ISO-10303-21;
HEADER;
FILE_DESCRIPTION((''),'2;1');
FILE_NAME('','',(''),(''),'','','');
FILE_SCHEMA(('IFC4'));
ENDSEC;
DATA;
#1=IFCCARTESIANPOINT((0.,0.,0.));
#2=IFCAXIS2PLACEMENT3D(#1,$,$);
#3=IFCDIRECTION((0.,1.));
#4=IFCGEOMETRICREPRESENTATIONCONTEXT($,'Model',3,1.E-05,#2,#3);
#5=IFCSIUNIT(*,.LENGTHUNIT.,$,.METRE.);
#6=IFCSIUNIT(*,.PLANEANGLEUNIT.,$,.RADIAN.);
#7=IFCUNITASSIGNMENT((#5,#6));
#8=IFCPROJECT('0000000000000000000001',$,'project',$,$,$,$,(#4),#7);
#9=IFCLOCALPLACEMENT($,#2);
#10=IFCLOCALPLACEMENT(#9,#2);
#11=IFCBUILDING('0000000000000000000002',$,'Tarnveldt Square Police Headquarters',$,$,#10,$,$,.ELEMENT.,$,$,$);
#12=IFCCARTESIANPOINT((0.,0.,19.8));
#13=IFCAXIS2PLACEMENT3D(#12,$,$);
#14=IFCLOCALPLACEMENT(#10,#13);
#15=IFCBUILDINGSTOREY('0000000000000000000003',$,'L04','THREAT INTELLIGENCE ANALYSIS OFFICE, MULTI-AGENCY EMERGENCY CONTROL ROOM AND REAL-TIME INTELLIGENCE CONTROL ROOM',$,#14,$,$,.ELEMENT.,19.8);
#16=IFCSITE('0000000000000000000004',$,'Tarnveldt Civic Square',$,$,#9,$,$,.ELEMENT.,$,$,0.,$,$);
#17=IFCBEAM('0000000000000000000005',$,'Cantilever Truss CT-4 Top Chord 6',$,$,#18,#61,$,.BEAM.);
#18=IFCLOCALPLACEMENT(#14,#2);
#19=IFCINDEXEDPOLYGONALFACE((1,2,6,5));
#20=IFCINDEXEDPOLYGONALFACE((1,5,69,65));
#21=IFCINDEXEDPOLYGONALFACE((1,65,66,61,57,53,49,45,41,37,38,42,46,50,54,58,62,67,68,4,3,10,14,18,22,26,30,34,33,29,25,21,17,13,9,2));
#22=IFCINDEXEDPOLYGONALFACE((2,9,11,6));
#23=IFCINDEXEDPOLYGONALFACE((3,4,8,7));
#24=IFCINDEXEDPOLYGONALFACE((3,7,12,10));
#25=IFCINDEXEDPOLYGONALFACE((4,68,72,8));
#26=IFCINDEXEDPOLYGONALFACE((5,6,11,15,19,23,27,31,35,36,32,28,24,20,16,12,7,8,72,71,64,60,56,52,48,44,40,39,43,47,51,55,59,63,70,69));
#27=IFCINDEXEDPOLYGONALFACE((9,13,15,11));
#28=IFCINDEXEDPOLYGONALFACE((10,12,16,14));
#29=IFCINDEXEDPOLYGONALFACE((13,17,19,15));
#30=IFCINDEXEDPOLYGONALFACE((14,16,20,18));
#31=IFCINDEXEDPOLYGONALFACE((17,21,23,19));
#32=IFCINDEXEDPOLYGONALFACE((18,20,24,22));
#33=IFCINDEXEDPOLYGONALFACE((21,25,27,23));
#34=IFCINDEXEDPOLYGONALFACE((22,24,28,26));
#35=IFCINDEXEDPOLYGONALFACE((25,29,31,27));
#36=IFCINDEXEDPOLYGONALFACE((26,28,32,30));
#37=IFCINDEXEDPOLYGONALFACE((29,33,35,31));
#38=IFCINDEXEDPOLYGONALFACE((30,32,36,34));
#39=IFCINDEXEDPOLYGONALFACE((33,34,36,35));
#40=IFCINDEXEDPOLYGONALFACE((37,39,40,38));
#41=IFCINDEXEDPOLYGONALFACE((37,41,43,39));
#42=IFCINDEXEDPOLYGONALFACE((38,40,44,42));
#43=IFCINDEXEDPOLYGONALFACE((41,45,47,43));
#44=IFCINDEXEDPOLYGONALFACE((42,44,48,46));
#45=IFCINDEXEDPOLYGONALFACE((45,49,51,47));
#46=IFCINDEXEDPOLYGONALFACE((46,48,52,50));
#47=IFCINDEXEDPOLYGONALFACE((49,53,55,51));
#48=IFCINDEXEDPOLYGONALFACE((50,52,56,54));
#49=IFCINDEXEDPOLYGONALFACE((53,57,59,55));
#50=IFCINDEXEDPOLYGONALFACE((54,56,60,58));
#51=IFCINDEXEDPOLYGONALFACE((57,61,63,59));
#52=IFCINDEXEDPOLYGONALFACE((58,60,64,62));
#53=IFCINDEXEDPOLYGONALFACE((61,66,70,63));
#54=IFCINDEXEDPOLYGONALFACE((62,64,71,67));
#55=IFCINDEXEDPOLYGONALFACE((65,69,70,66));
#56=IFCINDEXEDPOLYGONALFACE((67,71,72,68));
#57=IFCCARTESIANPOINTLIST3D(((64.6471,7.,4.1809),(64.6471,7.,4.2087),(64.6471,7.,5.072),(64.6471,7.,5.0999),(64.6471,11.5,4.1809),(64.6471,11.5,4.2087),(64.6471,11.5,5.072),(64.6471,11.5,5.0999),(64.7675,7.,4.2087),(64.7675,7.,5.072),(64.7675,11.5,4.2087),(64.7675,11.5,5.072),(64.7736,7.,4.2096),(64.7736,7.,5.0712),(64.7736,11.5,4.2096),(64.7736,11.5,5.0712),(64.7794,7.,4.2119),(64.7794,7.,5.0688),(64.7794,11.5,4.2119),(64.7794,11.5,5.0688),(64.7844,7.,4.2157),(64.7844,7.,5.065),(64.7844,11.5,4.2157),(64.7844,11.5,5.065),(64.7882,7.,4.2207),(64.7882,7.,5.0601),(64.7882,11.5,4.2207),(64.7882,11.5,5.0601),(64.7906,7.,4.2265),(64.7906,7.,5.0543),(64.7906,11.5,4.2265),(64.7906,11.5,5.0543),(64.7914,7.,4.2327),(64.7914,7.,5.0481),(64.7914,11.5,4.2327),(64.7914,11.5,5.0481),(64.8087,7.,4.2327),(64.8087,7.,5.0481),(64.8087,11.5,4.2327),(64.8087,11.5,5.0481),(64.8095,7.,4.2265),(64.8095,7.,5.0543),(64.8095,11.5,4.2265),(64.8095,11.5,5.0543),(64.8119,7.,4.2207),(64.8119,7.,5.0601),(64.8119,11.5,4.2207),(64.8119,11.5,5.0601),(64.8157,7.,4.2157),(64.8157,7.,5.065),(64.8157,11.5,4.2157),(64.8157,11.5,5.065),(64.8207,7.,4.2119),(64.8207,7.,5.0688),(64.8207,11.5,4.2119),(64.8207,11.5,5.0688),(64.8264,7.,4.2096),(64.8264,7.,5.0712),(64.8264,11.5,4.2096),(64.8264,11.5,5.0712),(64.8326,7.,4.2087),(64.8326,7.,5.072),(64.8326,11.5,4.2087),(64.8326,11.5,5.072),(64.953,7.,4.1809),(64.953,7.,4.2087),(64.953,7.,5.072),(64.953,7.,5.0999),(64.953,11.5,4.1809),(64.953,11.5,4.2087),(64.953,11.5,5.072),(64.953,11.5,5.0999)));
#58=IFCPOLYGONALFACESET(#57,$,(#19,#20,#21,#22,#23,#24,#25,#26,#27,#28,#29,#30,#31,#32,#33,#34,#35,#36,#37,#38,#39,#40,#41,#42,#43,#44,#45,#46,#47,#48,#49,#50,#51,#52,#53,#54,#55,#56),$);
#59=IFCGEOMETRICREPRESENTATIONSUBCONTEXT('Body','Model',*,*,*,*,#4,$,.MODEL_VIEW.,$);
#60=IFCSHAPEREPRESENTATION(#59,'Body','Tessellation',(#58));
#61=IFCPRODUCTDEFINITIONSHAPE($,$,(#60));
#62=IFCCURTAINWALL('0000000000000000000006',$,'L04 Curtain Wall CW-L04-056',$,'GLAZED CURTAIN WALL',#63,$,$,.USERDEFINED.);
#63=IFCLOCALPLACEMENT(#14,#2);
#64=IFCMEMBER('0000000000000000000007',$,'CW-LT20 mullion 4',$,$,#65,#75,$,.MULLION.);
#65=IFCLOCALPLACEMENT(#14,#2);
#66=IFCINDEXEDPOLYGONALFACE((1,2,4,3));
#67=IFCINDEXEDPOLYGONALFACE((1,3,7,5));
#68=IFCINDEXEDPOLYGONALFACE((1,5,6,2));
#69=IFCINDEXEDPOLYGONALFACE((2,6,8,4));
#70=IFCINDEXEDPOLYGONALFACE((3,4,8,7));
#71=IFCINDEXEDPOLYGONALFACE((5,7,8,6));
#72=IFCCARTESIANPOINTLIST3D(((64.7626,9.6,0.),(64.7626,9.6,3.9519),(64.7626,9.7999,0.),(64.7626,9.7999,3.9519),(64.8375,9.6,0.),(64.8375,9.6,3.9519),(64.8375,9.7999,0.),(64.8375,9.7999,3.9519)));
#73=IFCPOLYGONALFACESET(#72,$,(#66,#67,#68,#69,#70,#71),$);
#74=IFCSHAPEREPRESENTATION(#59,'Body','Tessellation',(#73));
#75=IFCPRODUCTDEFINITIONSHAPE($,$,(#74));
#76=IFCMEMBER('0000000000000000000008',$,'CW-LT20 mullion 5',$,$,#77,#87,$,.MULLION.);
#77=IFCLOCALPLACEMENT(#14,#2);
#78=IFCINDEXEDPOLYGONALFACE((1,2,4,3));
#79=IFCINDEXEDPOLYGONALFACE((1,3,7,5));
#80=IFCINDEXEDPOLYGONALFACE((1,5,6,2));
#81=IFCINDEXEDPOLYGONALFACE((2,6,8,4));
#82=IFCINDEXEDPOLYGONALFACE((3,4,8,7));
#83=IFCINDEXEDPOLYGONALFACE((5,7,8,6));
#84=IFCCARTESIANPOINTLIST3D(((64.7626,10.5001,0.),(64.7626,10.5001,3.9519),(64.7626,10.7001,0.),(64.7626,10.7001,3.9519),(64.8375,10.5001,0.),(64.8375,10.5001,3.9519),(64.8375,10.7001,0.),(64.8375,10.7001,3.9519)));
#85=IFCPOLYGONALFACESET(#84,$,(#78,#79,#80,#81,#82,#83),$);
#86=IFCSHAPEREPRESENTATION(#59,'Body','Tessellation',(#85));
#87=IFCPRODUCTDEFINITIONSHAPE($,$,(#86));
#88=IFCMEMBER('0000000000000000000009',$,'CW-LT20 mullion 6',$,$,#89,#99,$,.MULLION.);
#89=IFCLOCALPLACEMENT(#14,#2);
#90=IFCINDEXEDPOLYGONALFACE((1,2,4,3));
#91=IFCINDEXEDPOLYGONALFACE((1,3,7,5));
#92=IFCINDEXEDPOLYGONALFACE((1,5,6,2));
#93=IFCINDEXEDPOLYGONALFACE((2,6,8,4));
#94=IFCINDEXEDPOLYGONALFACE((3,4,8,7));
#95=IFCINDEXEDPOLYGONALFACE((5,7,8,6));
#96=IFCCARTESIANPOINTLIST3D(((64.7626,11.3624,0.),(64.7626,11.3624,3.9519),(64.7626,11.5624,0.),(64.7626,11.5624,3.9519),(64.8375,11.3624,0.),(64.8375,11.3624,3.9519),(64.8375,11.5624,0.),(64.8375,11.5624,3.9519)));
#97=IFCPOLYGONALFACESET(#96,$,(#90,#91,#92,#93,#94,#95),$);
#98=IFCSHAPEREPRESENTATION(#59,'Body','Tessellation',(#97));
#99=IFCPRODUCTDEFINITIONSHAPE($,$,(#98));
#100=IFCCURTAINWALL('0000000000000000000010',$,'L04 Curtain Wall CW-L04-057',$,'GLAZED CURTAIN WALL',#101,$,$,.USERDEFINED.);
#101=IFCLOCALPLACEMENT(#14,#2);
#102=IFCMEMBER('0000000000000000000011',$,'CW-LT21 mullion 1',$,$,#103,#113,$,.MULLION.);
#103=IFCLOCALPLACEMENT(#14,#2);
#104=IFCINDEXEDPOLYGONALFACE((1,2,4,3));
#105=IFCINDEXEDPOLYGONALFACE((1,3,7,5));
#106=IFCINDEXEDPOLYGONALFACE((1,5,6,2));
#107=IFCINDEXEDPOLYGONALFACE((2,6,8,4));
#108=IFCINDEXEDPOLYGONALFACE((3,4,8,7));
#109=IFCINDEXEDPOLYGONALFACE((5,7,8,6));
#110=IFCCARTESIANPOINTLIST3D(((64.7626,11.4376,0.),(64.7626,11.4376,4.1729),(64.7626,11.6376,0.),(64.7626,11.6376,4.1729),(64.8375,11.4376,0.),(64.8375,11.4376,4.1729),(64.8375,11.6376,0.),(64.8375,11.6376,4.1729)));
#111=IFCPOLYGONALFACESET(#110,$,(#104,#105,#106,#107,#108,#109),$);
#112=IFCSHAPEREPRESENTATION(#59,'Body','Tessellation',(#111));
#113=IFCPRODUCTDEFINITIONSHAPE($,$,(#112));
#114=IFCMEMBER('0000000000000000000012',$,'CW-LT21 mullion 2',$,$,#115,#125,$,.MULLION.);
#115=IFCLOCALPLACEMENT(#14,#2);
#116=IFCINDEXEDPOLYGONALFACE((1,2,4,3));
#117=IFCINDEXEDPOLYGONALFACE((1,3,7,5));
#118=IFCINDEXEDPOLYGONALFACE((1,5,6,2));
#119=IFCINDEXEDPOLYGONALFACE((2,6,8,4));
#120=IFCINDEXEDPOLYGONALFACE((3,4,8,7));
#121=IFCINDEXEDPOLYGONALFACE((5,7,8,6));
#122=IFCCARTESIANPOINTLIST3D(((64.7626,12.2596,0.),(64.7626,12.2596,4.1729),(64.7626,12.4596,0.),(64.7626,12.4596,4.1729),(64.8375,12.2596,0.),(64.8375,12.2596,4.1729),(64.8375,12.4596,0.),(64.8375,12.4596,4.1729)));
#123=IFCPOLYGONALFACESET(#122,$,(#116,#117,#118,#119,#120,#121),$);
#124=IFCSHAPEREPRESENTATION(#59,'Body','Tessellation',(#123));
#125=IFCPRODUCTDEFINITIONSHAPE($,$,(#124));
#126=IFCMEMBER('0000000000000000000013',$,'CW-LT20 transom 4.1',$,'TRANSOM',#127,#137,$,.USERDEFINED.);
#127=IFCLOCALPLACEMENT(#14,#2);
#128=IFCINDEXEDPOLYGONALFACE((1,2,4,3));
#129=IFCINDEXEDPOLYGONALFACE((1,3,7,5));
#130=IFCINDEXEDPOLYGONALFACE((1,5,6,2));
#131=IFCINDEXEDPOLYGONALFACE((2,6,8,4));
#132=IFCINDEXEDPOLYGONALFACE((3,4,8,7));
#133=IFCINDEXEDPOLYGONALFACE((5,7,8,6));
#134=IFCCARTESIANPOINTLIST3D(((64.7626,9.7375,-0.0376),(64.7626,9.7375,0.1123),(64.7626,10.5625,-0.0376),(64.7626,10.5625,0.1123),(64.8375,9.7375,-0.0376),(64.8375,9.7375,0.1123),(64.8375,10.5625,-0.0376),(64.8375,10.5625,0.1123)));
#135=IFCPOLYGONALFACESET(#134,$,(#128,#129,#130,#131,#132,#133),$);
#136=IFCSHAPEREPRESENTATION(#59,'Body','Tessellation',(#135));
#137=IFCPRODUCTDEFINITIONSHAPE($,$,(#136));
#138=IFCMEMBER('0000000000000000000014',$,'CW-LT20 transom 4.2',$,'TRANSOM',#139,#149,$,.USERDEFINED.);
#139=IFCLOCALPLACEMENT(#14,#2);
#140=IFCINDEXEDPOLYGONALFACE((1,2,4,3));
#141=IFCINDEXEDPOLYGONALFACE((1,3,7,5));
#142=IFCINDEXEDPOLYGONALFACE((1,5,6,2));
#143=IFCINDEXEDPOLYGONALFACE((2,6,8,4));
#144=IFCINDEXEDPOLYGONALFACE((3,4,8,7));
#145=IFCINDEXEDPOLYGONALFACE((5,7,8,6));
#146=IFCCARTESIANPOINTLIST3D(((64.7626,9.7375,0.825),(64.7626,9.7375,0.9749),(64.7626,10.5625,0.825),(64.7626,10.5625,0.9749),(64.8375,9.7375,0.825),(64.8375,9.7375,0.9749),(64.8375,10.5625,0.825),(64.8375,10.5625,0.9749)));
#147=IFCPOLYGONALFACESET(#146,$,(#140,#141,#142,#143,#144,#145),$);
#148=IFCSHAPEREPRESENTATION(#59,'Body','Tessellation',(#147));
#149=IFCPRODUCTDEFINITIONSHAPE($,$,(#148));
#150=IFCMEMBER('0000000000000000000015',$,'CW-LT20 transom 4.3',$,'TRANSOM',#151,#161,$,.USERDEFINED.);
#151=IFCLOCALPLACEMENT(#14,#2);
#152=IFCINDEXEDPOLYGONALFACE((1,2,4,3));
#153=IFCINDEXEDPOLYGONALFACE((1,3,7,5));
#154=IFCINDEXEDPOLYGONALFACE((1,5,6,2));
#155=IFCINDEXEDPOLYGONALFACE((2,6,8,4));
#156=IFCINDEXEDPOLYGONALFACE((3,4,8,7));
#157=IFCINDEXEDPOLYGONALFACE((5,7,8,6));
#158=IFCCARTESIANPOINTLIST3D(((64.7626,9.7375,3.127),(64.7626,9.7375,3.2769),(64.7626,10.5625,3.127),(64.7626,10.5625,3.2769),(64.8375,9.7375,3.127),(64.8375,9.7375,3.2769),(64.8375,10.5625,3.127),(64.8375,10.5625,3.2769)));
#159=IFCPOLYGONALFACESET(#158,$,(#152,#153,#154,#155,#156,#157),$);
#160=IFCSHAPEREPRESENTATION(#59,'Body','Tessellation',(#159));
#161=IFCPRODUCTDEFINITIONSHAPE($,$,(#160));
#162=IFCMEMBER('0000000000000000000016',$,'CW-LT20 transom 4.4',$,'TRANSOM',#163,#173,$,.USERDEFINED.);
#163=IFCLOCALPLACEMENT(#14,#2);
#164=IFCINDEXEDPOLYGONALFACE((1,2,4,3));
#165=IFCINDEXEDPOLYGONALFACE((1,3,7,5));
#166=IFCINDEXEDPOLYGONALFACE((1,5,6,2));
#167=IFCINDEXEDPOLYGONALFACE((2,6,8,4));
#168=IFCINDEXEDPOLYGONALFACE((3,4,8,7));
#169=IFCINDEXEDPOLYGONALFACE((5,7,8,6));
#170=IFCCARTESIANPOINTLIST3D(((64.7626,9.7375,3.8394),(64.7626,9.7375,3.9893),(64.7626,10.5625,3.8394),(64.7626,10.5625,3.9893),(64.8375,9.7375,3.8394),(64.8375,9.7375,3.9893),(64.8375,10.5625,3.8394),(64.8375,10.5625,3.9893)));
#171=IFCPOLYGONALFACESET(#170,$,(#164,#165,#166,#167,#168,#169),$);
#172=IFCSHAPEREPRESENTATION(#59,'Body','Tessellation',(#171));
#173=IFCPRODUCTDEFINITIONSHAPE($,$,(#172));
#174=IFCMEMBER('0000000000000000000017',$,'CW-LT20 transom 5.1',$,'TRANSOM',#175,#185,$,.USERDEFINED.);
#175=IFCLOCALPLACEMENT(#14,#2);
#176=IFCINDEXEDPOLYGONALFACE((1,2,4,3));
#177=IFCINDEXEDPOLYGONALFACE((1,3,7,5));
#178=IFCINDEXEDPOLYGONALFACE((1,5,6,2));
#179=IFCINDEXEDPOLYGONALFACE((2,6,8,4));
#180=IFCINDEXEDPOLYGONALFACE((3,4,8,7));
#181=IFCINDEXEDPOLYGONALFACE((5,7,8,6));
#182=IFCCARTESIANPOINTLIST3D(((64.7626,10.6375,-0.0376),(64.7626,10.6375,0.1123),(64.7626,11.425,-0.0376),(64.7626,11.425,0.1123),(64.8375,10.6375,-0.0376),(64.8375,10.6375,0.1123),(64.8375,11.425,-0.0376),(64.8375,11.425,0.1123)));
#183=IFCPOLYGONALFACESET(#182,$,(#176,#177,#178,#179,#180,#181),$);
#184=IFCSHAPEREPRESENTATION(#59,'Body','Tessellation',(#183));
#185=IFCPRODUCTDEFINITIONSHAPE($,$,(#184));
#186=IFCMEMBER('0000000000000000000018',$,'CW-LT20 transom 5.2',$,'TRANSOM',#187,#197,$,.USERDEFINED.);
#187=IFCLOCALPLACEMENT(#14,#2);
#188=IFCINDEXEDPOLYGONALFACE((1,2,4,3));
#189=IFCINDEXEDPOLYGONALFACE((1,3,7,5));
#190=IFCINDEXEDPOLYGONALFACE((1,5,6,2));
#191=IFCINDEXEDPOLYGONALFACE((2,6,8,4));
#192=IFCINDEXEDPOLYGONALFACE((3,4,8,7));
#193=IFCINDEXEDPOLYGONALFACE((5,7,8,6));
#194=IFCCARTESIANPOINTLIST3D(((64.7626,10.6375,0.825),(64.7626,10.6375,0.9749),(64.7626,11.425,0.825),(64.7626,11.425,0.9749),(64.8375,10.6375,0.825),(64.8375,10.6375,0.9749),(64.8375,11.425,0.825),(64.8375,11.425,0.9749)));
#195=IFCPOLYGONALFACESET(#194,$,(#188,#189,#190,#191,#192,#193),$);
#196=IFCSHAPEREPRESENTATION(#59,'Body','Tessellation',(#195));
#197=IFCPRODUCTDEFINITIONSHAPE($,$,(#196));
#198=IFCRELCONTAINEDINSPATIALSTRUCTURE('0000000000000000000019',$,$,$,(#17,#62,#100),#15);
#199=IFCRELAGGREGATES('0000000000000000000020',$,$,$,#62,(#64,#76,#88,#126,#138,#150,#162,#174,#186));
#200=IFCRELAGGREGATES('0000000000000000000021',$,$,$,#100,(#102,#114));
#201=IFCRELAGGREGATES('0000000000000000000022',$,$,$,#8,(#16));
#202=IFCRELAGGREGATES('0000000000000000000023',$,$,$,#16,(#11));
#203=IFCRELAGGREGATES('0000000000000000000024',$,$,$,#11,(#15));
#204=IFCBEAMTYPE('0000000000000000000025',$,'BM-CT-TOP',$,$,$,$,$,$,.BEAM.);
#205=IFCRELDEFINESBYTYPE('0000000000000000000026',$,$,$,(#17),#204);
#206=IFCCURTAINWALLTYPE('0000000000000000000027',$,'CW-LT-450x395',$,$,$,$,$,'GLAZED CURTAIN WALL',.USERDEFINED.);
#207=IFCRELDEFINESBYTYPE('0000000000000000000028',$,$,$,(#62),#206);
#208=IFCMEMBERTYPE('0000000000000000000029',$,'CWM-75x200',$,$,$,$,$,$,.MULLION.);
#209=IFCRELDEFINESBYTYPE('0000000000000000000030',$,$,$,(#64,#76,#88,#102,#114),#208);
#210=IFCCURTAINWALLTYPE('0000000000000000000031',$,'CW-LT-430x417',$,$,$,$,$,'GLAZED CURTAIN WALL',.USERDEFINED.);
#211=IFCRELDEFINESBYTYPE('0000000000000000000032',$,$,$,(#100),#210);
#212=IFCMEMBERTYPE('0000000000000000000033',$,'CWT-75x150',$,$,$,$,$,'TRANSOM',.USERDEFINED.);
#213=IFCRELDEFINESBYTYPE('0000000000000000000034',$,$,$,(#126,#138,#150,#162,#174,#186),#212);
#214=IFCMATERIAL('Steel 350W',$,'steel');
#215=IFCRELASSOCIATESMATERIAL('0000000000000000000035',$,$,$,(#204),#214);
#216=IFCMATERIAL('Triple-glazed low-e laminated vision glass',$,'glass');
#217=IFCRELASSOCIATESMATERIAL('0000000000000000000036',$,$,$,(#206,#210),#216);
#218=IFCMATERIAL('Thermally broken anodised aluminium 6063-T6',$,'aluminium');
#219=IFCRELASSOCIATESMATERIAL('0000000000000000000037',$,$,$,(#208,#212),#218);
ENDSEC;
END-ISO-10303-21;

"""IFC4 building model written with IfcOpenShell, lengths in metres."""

from ifc_helpers import new_model, si_unit, direction, frame, origin, origin_2d, place, context, subcontext, project, spatial, rectangle, i_section, extrude, material, material_profile, profile_set, type_object, element, aggregate, save


model = new_model("IFC4")

# Units and contexts
model_context = context("Model", 3, precision=1e-05, world=origin(), true_north=direction((0.0, 1.0)))
body_context = subcontext(model_context, "Body", "Model", "MODEL_VIEW")
ifc_project = project(units=[si_unit("LENGTHUNIT", "METRE"), si_unit("PLANEANGLEUNIT", "RADIAN")], contexts=[model_context])

# Site, building, storey
site_placement = place(None, origin())
site = spatial("IfcSite", under=ifc_project, at=site_placement, Name="Tarnveldt Civic Square", CompositionType="ELEMENT", RefElevation=0.0)
building_placement = place(site_placement, origin())
building = spatial("IfcBuilding", under=site, at=building_placement, Name="Tarnveldt Square Police Headquarters", CompositionType="ELEMENT")
storey_placement = place(building_placement, frame((0.0, 0.0, 19.8)))
storey = spatial("IfcBuildingStorey", under=building, at=storey_placement, Name="L04", Description="THREAT INTELLIGENCE ANALYSIS OFFICE, MULTI-AGENCY EMERGENCY CONTROL ROOM AND REAL-TIME INTELLIGENCE CONTROL ROOM", CompositionType="ELEMENT", Elevation=19.8)

# Beam
ifc_material_1 = material(Name="Steel 350W", Category="steel")
ifc_material_profile_1 = material_profile(ifc_material_1, i_section(OverallWidth=0.3059, OverallDepth=0.9189, WebThickness=0.0173, FlangeThickness=0.0278, FilletRadius=0.0239, at=origin_2d()), Name="W920x253")
ifc_profile_set_1 = profile_set([ifc_material_profile_1], Name="Steel 350W")
beam_type = type_object("IfcBeamType", Name="BM-CT-TOP", PredefinedType="BEAM", material=ifc_profile_set_1)
beam_placement = place(storey_placement, frame((64.8, 11.5, 4.6404), z_axis=(0.0, -1.0, 0.0), x_axis=(1.0, 0.0, 0.0)))
element("IfcBeam", 1, at=beam_placement, inside=storey, type_object=beam_type, Name="Cantilever Truss CT-4 Top Chord 6", PredefinedType="BEAM", context=body_context, shape_type="SweptSolid", body=[
    extrude(i_section(OverallWidth=0.3059, OverallDepth=0.9189, WebThickness=0.0173, FlangeThickness=0.0278, FilletRadius=0.0239, at=origin_2d()), origin(), (0.0, 0.0, 1.0), 4.5),
])

# Curtain walls, members
ifc_material_2 = material(Name="Triple-glazed low-e laminated vision glass", Category="glass")
curtain_wall_type_1 = type_object("IfcCurtainWallType", Name="CW-LT-450x395", ElementType="GLAZED CURTAIN WALL", PredefinedType="USERDEFINED", material=ifc_material_2)
curtain_wall_1_placement = place(storey_placement, origin())
curtain_wall_1 = element("IfcCurtainWall", 2, at=curtain_wall_1_placement, inside=storey, type_object=curtain_wall_type_1, Name="L04 Curtain Wall CW-L04-056", ObjectType="GLAZED CURTAIN WALL", PredefinedType="USERDEFINED")
ifc_material_3 = material(Name="Thermally broken anodised aluminium 6063-T6", Category="aluminium")
ifc_material_profile_2 = material_profile(ifc_material_3, rectangle(XDim=0.075, YDim=0.2, at=origin_2d()), Name="CW-M75x200")
ifc_profile_set_2 = profile_set([ifc_material_profile_2], Name="Thermally broken anodised aluminium 6063-T6")
member_type_1 = type_object("IfcMemberType", Name="CWM-75x200", PredefinedType="MULLION", material=ifc_profile_set_2)
member_1_placement = place(storey_placement, frame((64.8, 9.7, 0.0), z_axis=(0.0, 0.0, 1.0), x_axis=(-1.0, 0.0, 0.0)))
member_1 = element("IfcMember", 3, at=member_1_placement, type_object=member_type_1, Name="CW-LT20 mullion 4", PredefinedType="MULLION", context=body_context, shape_type="SweptSolid", body=[
    extrude(rectangle(XDim=0.075, YDim=0.2, at=origin_2d()), origin(), (0.0, 0.0, 1.0), 3.9519),
])
member_2_placement = place(storey_placement, frame((64.8, 10.6001, 0.0), z_axis=(0.0, 0.0, 1.0), x_axis=(-1.0, 0.0, 0.0)))
member_2 = element("IfcMember", 4, at=member_2_placement, type_object=member_type_1, Name="CW-LT20 mullion 5", PredefinedType="MULLION", context=body_context, shape_type="SweptSolid", body=[
    extrude(rectangle(XDim=0.075, YDim=0.2, at=origin_2d()), origin(), (0.0, 0.0, 1.0), 3.9519),
])
member_3_placement = place(storey_placement, frame((64.8, 11.4624, 0.0), z_axis=(0.0, 0.0, 1.0), x_axis=(-1.0, 0.0, 0.0)))
member_3 = element("IfcMember", 5, at=member_3_placement, type_object=member_type_1, Name="CW-LT20 mullion 6", PredefinedType="MULLION", context=body_context, shape_type="SweptSolid", body=[
    extrude(rectangle(XDim=0.075, YDim=0.2, at=origin_2d()), origin(), (0.0, 0.0, 1.0), 3.9519),
])
curtain_wall_type_2 = type_object("IfcCurtainWallType", Name="CW-LT-430x417", ElementType="GLAZED CURTAIN WALL", PredefinedType="USERDEFINED", material=ifc_material_2)
curtain_wall_2_placement = place(storey_placement, origin())
curtain_wall_2 = element("IfcCurtainWall", 6, at=curtain_wall_2_placement, inside=storey, type_object=curtain_wall_type_2, Name="L04 Curtain Wall CW-L04-057", ObjectType="GLAZED CURTAIN WALL", PredefinedType="USERDEFINED")
member_4_placement = place(storey_placement, frame((64.8, 11.5376, 0.0), z_axis=(0.0, 0.0, 1.0), x_axis=(-1.0, 0.0, 0.0)))
member_4 = element("IfcMember", 7, at=member_4_placement, type_object=member_type_1, Name="CW-LT21 mullion 1", PredefinedType="MULLION", context=body_context, shape_type="SweptSolid", body=[
    extrude(rectangle(XDim=0.075, YDim=0.2, at=origin_2d()), origin(), (0.0, 0.0, 1.0), 4.1729),
])
member_5_placement = place(storey_placement, frame((64.8, 12.3596, 0.0), z_axis=(0.0, 0.0, 1.0), x_axis=(-1.0, 0.0, 0.0)))
member_5 = element("IfcMember", 8, at=member_5_placement, type_object=member_type_1, Name="CW-LT21 mullion 2", PredefinedType="MULLION", context=body_context, shape_type="SweptSolid", body=[
    extrude(rectangle(XDim=0.075, YDim=0.2, at=origin_2d()), origin(), (0.0, 0.0, 1.0), 4.1729),
])

# Members
ifc_material_profile_3 = material_profile(ifc_material_3, rectangle(XDim=0.075, YDim=0.1499, at=origin_2d()), Name="CW-T75x150")
ifc_profile_set_3 = profile_set([ifc_material_profile_3], Name="Thermally broken anodised aluminium 6063-T6")
member_type_2 = type_object("IfcMemberType", Name="CWT-75x150", ElementType="TRANSOM", PredefinedType="USERDEFINED", material=ifc_profile_set_3)
member_6_placement = place(storey_placement, frame((64.8, 9.7375, 0.0374), z_axis=(0.0, 1.0, 0.0), x_axis=(-1.0, 0.0, 0.0)))
member_6 = element("IfcMember", 9, at=member_6_placement, type_object=member_type_2, Name="CW-LT20 transom 4.1", ObjectType="TRANSOM", PredefinedType="USERDEFINED", context=body_context, shape_type="SweptSolid", body=[
    extrude(rectangle(XDim=0.075, YDim=0.1499, at=origin_2d()), origin(), (0.0, 0.0, 1.0), 0.825),
])
member_7_placement = place(storey_placement, frame((64.8, 9.7375, 0.8999), z_axis=(0.0, 1.0, 0.0), x_axis=(-1.0, 0.0, 0.0)))
member_7 = element("IfcMember", 10, at=member_7_placement, type_object=member_type_2, Name="CW-LT20 transom 4.2", ObjectType="TRANSOM", PredefinedType="USERDEFINED", context=body_context, shape_type="SweptSolid", body=[
    extrude(rectangle(XDim=0.075, YDim=0.1499, at=origin_2d()), origin(), (0.0, 0.0, 1.0), 0.825),
])
member_8_placement = place(storey_placement, frame((64.8, 9.7375, 3.2019), z_axis=(0.0, 1.0, 0.0), x_axis=(-1.0, 0.0, 0.0)))
member_8 = element("IfcMember", 11, at=member_8_placement, type_object=member_type_2, Name="CW-LT20 transom 4.3", ObjectType="TRANSOM", PredefinedType="USERDEFINED", context=body_context, shape_type="SweptSolid", body=[
    extrude(rectangle(XDim=0.075, YDim=0.1499, at=origin_2d()), origin(), (0.0, 0.0, 1.0), 0.825),
])
member_9_placement = place(storey_placement, frame((64.8, 9.7375, 3.9143), z_axis=(0.0, 1.0, 0.0), x_axis=(-1.0, 0.0, 0.0)))
member_9 = element("IfcMember", 12, at=member_9_placement, type_object=member_type_2, Name="CW-LT20 transom 4.4", ObjectType="TRANSOM", PredefinedType="USERDEFINED", context=body_context, shape_type="SweptSolid", body=[
    extrude(rectangle(XDim=0.075, YDim=0.1499, at=origin_2d()), origin(), (0.0, 0.0, 1.0), 0.825),
])
member_10_placement = place(storey_placement, frame((64.8, 10.6375, 0.0374), z_axis=(0.0, 1.0, 0.0), x_axis=(-1.0, 0.0, 0.0)))
member_10 = element("IfcMember", 13, at=member_10_placement, type_object=member_type_2, Name="CW-LT20 transom 5.1", ObjectType="TRANSOM", PredefinedType="USERDEFINED", context=body_context, shape_type="SweptSolid", body=[
    extrude(rectangle(XDim=0.075, YDim=0.1499, at=origin_2d()), origin(), (0.0, 0.0, 1.0), 0.7876),
])
member_11_placement = place(storey_placement, frame((64.8, 10.6375, 0.8999), z_axis=(0.0, 1.0, 0.0), x_axis=(-1.0, 0.0, 0.0)))
member_11 = element("IfcMember", 14, at=member_11_placement, type_object=member_type_2, Name="CW-LT20 transom 5.2", ObjectType="TRANSOM", PredefinedType="USERDEFINED", context=body_context, shape_type="SweptSolid", body=[
    extrude(rectangle(XDim=0.075, YDim=0.1499, at=origin_2d()), origin(), (0.0, 0.0, 1.0), 0.7876),
])

aggregate(curtain_wall_1, [member_1, member_2, member_3, member_6, member_7, member_8, member_9, member_10, member_11])
aggregate(curtain_wall_2, [member_4, member_5])

save(model, "model.ifc")
